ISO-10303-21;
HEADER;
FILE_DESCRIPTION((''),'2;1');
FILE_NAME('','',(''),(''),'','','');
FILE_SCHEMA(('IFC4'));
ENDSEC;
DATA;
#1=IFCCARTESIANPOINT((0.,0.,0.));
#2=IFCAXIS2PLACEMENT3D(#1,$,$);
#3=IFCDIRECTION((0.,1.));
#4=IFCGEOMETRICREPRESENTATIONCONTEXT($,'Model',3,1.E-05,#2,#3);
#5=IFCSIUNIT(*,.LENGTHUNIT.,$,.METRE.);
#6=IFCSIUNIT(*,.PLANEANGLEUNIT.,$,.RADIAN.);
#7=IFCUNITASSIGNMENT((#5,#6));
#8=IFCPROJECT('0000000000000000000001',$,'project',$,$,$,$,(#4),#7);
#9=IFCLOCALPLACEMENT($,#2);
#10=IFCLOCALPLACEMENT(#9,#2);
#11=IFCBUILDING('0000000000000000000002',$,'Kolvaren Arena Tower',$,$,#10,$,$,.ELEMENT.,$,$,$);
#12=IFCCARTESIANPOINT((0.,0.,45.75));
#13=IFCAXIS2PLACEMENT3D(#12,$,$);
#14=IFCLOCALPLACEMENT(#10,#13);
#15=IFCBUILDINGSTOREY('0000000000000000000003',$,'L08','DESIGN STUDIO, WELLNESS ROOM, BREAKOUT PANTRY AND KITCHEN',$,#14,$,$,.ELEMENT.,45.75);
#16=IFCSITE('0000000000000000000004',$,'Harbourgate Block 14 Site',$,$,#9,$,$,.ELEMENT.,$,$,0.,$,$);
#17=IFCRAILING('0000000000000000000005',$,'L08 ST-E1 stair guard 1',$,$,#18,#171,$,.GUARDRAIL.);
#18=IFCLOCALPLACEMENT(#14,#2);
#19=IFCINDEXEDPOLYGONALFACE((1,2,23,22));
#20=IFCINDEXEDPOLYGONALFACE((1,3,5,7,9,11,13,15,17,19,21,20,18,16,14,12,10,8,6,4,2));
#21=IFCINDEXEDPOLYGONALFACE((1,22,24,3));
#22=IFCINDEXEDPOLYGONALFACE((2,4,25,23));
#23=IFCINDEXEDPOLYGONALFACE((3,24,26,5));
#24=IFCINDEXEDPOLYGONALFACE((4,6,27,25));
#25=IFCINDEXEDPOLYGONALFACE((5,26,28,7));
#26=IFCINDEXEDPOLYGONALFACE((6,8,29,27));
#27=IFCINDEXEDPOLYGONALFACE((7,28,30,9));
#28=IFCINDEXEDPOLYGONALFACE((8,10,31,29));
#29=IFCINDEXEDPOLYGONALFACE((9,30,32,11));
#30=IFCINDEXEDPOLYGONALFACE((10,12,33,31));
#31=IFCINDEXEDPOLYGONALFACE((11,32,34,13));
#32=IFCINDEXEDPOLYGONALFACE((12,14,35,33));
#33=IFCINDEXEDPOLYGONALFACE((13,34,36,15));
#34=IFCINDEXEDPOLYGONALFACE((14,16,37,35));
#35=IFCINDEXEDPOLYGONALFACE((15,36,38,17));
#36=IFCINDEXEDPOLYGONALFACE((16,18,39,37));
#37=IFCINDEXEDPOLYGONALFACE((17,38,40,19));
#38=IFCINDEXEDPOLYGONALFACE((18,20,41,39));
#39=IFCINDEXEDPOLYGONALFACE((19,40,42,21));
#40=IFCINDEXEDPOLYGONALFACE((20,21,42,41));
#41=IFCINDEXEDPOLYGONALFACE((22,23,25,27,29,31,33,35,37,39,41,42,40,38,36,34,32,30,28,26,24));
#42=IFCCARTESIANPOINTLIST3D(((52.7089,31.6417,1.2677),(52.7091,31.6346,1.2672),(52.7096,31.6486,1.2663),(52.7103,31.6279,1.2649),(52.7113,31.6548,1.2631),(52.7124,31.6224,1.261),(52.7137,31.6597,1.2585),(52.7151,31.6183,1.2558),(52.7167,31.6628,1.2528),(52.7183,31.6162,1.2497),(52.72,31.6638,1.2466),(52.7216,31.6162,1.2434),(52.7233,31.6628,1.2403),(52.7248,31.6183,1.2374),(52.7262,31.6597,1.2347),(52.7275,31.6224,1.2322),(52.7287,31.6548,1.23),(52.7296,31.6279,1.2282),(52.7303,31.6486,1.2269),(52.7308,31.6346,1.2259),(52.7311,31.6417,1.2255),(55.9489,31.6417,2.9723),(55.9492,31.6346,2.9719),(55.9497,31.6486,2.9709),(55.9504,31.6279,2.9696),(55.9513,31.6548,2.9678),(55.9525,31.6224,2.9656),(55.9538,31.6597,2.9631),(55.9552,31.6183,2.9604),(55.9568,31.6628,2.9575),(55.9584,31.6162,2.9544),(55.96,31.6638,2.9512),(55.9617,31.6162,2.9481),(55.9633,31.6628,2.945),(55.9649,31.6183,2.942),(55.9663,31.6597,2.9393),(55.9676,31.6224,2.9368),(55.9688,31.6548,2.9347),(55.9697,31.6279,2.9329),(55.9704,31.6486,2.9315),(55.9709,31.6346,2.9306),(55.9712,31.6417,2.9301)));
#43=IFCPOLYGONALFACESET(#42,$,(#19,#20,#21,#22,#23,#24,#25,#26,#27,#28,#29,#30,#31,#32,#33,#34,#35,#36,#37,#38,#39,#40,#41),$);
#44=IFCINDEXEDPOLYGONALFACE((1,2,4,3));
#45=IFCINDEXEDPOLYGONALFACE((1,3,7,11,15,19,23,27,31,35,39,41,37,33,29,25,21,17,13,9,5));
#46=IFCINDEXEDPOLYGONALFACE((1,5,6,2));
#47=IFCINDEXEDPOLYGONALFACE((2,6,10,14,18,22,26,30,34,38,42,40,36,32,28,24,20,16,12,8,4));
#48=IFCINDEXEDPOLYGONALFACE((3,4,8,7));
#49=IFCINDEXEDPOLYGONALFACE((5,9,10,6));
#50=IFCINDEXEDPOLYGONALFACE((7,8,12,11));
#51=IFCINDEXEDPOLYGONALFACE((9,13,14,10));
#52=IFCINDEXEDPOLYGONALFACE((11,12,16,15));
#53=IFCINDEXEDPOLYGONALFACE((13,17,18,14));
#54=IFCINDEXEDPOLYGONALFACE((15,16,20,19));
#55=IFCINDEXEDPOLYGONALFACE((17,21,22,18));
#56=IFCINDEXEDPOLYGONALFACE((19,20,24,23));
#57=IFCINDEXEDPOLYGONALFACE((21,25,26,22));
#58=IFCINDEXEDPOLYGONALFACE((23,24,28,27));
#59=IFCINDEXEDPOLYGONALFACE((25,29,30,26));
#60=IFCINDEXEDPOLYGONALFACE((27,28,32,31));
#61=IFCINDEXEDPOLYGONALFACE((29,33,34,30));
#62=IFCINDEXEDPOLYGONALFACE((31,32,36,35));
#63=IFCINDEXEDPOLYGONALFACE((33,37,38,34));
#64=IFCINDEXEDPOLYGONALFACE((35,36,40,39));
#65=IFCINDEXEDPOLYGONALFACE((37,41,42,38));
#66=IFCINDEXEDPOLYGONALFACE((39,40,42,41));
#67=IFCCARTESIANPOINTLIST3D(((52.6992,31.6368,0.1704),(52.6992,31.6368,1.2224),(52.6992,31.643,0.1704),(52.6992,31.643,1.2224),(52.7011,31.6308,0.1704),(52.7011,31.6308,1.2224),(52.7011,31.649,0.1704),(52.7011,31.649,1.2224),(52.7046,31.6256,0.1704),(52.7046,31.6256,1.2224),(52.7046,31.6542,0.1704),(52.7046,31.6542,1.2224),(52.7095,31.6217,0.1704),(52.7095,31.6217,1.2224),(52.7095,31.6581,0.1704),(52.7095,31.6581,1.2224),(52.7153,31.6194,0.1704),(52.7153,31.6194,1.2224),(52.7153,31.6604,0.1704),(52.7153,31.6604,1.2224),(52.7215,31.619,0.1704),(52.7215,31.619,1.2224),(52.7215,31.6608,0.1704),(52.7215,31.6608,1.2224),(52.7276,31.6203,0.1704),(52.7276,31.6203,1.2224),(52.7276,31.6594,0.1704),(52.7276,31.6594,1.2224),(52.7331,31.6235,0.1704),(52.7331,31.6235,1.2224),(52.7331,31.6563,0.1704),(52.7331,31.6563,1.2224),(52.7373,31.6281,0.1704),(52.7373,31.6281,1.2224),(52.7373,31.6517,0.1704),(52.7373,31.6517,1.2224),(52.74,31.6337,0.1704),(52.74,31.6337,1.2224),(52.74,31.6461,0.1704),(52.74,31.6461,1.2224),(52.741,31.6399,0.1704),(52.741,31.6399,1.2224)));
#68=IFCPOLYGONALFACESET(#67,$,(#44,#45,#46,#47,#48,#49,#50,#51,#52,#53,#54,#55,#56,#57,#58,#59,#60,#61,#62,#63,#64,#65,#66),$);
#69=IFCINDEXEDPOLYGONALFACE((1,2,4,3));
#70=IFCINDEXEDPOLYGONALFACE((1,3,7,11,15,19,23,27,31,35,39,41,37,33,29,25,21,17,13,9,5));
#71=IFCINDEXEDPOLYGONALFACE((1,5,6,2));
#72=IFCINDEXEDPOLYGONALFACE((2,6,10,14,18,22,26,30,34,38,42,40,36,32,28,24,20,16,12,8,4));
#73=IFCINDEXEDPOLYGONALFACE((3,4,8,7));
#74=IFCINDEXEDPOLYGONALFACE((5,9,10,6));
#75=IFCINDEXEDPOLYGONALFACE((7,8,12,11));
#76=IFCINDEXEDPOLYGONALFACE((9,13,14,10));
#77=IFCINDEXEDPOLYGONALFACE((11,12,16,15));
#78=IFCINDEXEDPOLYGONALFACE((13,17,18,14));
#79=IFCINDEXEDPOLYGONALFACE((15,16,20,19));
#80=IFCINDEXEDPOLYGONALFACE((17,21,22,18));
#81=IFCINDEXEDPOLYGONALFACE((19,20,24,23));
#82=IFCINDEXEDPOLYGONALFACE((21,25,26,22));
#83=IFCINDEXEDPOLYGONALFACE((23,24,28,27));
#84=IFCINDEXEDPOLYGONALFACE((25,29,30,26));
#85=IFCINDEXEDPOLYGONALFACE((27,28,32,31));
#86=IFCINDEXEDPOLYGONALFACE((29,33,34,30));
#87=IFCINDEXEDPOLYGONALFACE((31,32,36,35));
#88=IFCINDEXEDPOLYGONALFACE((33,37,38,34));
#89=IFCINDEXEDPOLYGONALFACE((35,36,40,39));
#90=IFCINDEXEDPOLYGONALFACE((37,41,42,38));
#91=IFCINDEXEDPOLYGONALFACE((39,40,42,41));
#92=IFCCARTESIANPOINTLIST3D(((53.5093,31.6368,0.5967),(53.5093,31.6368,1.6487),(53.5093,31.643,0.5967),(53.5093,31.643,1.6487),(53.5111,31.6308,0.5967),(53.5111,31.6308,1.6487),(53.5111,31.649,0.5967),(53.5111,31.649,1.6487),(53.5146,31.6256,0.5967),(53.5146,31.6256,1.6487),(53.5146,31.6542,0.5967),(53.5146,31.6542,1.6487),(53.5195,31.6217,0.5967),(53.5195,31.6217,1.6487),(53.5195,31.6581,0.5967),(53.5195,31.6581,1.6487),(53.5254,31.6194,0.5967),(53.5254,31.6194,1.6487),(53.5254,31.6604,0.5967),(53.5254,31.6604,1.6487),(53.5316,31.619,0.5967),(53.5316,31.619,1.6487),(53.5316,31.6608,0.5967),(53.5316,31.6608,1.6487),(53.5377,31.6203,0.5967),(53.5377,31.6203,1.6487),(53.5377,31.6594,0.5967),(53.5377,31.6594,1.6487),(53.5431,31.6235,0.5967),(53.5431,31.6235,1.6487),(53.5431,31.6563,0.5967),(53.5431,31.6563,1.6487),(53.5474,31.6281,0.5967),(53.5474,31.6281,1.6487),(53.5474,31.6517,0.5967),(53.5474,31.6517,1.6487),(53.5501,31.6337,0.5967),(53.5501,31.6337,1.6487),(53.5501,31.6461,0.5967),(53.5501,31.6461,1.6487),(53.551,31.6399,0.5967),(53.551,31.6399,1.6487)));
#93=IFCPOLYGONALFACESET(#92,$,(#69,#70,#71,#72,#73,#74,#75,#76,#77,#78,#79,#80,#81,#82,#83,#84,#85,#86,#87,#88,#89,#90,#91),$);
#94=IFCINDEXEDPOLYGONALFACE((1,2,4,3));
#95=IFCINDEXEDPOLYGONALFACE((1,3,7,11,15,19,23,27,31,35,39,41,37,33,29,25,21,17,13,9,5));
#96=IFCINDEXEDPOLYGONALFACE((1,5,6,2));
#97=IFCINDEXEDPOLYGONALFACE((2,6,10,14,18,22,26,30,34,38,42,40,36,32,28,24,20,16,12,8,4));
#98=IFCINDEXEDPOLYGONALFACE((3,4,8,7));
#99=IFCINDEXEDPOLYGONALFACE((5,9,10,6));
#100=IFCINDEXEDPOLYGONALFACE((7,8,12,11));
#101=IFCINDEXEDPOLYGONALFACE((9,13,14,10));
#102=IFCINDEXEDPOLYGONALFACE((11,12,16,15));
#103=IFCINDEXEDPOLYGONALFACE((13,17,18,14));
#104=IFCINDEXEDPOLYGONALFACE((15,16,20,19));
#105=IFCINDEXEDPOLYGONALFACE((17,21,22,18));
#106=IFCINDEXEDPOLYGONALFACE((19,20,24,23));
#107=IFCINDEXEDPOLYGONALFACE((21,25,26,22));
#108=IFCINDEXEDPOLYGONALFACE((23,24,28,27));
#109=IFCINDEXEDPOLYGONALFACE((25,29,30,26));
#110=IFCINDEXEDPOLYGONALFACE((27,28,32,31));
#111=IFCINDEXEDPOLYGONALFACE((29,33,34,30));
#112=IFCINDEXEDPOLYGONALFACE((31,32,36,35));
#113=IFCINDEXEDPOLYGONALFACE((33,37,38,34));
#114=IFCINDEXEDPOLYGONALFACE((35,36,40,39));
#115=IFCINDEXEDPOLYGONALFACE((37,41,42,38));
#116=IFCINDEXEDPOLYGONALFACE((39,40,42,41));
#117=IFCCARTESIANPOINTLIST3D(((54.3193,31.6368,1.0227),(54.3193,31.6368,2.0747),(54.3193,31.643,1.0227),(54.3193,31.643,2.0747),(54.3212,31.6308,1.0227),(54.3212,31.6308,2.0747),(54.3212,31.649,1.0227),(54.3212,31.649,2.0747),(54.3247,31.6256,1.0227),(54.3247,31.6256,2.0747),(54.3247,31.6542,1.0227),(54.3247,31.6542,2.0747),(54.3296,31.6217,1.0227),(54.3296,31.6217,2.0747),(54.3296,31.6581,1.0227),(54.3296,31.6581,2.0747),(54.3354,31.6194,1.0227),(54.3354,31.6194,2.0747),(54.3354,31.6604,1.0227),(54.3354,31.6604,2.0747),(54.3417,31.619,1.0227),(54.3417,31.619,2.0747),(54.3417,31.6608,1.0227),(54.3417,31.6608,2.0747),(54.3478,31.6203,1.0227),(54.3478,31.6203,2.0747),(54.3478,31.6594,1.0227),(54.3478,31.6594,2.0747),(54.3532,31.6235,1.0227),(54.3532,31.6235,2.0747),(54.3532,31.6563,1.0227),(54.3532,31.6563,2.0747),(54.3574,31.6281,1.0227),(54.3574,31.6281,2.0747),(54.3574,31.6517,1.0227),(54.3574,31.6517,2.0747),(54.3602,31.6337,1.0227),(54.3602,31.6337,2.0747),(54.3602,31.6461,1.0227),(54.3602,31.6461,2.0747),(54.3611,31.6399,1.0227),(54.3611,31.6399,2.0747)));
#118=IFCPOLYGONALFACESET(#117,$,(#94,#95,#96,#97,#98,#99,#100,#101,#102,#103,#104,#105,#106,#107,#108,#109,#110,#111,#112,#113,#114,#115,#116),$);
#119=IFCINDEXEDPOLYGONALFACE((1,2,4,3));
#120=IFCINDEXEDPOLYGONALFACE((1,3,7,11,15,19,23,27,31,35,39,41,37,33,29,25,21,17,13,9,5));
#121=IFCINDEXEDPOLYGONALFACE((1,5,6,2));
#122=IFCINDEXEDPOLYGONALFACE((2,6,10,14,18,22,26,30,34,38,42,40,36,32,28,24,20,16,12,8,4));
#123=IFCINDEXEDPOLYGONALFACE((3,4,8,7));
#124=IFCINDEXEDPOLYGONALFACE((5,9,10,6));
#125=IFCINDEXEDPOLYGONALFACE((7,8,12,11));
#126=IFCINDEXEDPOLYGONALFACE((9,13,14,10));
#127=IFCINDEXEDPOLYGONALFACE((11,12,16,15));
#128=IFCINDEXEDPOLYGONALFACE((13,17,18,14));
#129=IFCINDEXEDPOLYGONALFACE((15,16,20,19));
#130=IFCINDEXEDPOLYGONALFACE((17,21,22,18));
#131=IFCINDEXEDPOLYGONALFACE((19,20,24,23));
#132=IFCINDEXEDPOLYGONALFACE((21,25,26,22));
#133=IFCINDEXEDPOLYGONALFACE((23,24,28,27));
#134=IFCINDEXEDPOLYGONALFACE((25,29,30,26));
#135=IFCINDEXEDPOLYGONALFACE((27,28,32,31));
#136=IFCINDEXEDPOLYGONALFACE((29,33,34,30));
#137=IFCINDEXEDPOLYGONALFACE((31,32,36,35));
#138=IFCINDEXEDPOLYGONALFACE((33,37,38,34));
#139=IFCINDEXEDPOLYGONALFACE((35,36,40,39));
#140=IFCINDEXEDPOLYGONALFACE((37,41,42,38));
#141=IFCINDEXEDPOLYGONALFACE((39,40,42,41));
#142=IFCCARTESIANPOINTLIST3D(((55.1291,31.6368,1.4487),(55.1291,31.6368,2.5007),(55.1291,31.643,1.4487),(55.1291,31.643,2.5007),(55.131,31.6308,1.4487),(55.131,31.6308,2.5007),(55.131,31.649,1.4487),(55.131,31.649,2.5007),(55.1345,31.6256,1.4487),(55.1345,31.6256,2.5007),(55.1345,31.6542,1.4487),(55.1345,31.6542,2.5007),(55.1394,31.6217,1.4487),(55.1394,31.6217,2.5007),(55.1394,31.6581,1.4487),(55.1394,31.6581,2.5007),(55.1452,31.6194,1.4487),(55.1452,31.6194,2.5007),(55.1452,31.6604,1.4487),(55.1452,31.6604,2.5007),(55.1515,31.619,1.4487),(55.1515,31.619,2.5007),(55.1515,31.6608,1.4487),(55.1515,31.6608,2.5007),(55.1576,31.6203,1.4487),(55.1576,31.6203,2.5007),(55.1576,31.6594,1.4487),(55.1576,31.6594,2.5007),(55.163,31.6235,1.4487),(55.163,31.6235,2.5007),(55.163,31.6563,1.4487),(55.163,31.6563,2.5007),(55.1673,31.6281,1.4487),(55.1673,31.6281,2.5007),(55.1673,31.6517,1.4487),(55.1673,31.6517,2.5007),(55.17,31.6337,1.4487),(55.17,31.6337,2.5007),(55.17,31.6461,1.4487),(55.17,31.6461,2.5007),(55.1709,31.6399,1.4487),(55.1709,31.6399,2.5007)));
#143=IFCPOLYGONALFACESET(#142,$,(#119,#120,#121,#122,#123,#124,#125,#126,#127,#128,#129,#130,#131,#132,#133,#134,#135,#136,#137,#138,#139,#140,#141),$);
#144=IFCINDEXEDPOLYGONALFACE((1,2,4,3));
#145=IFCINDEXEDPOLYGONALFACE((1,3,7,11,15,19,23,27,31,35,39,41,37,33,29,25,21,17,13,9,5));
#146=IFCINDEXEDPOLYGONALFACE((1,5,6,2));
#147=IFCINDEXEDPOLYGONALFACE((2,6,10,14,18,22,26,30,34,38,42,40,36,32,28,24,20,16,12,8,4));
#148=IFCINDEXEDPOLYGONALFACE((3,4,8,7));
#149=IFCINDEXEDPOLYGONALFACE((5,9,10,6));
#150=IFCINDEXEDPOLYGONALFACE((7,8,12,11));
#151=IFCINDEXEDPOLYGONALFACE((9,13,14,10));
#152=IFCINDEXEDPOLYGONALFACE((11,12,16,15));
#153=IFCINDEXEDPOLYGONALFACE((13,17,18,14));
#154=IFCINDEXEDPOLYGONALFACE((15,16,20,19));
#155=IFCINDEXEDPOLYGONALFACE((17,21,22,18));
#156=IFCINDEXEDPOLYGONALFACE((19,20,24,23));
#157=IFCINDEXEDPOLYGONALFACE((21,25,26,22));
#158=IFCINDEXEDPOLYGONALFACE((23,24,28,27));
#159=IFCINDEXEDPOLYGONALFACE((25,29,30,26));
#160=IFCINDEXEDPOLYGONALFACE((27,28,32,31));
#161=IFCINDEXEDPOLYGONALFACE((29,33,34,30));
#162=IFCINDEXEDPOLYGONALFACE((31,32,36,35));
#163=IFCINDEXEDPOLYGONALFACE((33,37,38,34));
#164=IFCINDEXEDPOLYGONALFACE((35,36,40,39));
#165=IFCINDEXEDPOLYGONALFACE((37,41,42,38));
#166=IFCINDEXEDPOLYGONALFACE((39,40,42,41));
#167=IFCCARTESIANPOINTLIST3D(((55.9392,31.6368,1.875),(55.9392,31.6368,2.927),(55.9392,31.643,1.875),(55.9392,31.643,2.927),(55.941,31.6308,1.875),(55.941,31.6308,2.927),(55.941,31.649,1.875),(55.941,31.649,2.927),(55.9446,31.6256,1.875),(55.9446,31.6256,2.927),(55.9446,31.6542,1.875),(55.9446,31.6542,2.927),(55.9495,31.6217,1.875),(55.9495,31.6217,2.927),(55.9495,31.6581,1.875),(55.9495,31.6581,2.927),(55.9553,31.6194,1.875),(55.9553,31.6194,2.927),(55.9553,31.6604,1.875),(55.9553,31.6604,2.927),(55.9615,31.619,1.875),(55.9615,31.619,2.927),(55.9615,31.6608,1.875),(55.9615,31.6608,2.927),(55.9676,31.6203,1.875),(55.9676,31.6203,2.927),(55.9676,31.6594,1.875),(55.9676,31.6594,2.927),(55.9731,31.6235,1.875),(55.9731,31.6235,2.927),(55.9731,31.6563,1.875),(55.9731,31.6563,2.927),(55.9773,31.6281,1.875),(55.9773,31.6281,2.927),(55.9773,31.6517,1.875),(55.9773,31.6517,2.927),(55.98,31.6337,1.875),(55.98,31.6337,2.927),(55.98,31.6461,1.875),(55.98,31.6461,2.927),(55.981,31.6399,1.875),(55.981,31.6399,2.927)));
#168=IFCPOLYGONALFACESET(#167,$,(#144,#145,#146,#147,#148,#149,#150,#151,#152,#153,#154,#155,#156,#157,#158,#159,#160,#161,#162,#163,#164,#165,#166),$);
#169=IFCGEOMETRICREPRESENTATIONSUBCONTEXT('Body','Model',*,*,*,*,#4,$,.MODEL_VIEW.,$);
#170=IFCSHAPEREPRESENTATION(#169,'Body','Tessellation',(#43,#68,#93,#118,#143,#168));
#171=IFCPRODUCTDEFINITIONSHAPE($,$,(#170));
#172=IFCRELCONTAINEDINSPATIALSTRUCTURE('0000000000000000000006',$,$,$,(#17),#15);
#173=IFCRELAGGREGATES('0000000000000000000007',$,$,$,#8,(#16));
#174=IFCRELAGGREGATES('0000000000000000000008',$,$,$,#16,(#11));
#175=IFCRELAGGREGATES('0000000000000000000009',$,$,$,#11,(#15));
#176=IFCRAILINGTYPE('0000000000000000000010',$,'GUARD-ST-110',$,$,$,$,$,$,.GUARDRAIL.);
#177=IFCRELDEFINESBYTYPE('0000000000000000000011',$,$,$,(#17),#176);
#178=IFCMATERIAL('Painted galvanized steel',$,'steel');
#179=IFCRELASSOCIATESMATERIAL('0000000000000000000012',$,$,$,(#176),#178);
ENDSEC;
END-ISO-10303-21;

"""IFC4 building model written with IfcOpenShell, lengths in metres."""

from ifc_helpers import new_model, si_unit, direction, frame, origin, origin_2d, place, context, subcontext, project, spatial, circle, extrude, material, type_object, element, save


model = new_model("IFC4")

# Units and contexts
model_context = context("Model", 3, precision=1e-05, world=origin(), true_north=direction((0.0, 1.0)))
body_context = subcontext(model_context, "Body", "Model", "MODEL_VIEW")
ifc_project = project(units=[si_unit("LENGTHUNIT", "METRE"), si_unit("PLANEANGLEUNIT", "RADIAN")], contexts=[model_context])

# Site, building, storey
site_placement = place(None, origin())
site = spatial("IfcSite", under=ifc_project, at=site_placement, Name="Harbourgate Block 14 Site", CompositionType="ELEMENT", RefElevation=0.0)
building_placement = place(site_placement, origin())
building = spatial("IfcBuilding", under=site, at=building_placement, Name="Kolvaren Arena Tower", CompositionType="ELEMENT")
storey_placement = place(building_placement, frame((0.0, 0.0, 45.75)))
storey = spatial("IfcBuildingStorey", under=building, at=storey_placement, Name="L08", Description="DESIGN STUDIO, WELLNESS ROOM, BREAKOUT PANTRY AND KITCHEN", CompositionType="ELEMENT", Elevation=45.75)

# Railing
ifc_material_1 = material(Name="Painted galvanized steel", Category="steel")
railing_type_1 = type_object("IfcRailingType", Name="GUARD-ST-110", PredefinedType="GUARDRAIL", material=ifc_material_1)
railing_1_placement = place(storey_placement, frame((52.72, 31.6399, 0.1704)))
element("IfcRailing", 1, at=railing_1_placement, inside=storey, type_object=railing_type_1, Name="L08 ST-E1 stair guard 1", PredefinedType="GUARDRAIL", context=body_context, shape_type="SweptSolid", body=[
    extrude(circle(Radius=0.0239, at=origin_2d()), frame((0.0, 0.0, 1.0762), z_axis=(0.884993, 0.0, 0.465604), x_axis=(0.0, 1.0, 0.0)), (0.0, 0.0, 1.0), 3.6611),
    extrude(circle(Radius=0.021, at=origin_2d()), origin(), (0.0, 0.0, 1.0), 1.052),
    extrude(circle(Radius=0.021, at=origin_2d()), frame((0.8101, 0.0, 0.4263)), (0.0, 0.0, 1.0), 1.052),
    extrude(circle(Radius=0.021, at=origin_2d()), frame((1.6201, 0.0, 0.8523)), (0.0, 0.0, 1.0), 1.052),
    extrude(circle(Radius=0.021, at=origin_2d()), frame((2.4299, 0.0, 1.2783)), (0.0, 0.0, 1.0), 1.052),
    extrude(circle(Radius=0.021, at=origin_2d()), frame((3.24, 0.0, 1.7046)), (0.0, 0.0, 1.0), 1.052),
])

save(model, "model.ifc")
